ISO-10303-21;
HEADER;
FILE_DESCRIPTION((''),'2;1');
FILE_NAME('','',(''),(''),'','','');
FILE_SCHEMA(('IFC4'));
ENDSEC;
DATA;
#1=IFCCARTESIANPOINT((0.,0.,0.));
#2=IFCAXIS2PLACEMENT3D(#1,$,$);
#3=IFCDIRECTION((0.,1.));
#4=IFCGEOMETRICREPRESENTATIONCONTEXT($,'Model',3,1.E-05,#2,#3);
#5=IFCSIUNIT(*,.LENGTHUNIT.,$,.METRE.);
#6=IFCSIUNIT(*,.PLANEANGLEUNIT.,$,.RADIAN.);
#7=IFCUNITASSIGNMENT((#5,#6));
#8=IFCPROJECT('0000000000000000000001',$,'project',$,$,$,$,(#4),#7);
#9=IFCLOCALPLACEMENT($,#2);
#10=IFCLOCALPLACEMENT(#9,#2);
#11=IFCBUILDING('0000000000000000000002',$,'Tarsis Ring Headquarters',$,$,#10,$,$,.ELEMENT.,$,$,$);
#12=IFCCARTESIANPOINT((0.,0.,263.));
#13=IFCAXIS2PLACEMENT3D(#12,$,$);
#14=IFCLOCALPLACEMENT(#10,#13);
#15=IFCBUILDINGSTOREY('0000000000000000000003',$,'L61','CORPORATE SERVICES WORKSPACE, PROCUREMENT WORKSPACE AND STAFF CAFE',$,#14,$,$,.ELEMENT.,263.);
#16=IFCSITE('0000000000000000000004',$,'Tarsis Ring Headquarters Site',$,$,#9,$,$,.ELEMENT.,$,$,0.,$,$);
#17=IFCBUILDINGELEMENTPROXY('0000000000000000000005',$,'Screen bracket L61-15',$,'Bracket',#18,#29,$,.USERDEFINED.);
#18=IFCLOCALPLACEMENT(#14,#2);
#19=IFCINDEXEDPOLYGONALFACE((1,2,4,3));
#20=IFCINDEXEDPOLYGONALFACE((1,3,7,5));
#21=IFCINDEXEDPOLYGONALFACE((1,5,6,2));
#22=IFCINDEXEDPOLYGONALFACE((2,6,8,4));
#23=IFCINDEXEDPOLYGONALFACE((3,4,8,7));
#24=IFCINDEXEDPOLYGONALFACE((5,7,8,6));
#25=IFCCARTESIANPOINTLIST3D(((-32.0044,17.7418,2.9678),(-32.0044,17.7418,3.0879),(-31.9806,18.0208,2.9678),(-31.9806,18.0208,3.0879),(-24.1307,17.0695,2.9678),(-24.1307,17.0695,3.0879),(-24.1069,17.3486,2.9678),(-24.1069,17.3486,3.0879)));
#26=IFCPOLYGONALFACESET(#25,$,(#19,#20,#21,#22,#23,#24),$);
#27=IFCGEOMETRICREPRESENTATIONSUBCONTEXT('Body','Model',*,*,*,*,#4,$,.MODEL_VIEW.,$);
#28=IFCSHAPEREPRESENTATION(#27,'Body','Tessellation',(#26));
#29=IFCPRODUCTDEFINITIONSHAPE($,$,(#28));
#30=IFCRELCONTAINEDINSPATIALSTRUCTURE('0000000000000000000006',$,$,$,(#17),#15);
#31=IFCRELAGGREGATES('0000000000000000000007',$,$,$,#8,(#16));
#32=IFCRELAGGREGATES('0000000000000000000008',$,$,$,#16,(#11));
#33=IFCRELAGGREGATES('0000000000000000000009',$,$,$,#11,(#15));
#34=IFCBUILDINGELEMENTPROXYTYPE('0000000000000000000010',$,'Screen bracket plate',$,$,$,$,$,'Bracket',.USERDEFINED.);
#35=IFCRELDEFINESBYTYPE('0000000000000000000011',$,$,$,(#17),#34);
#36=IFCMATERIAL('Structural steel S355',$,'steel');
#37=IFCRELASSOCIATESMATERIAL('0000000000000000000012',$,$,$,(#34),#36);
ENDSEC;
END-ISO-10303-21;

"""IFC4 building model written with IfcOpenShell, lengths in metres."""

from ifc_helpers import new_model, si_unit, direction, frame, origin, origin_2d, place, context, subcontext, project, spatial, rectangle, extrude, material, type_object, element, save


model = new_model("IFC4")

# Units and contexts
model_context = context("Model", 3, precision=1e-05, world=origin(), true_north=direction((0.0, 1.0)))
body_context = subcontext(model_context, "Body", "Model", "MODEL_VIEW")
ifc_project = project(units=[si_unit("LENGTHUNIT", "METRE"), si_unit("PLANEANGLEUNIT", "RADIAN")], contexts=[model_context])

# Site, building, storey
site_placement = place(None, origin())
site = spatial("IfcSite", under=ifc_project, at=site_placement, Name="Tarsis Ring Headquarters Site", CompositionType="ELEMENT", RefElevation=0.0)
building_placement = place(site_placement, origin())
building = spatial("IfcBuilding", under=site, at=building_placement, Name="Tarsis Ring Headquarters", CompositionType="ELEMENT")
storey_placement = place(building_placement, frame((0.0, 0.0, 263.0)))
storey = spatial("IfcBuildingStorey", under=building, at=storey_placement, Name="L61", Description="CORPORATE SERVICES WORKSPACE, PROCUREMENT WORKSPACE AND STAFF CAFE", CompositionType="ELEMENT", Elevation=263.0)

# Shared definitions
ifc_material_1 = material(Name="Structural steel S355", Category="steel")

# Building element proxy
building_element_proxy_type = type_object("IfcBuildingElementProxyType", Name="Screen bracket plate", ElementType="Bracket", PredefinedType="USERDEFINED", material=ifc_material_1)
proxy_placement = place(storey_placement, frame((-28.0557, 17.5452, 2.9678), z_axis=(0.0, 0.0, 1.0), x_axis=(-0.996375, 0.085069, 0.0)))
element("IfcBuildingElementProxy", 1, at=proxy_placement, inside=storey, type_object=building_element_proxy_type, Name="Screen bracket L61-15", ObjectType="Bracket", PredefinedType="USERDEFINED", context=body_context, shape_type="SweptSolid", body=[
    extrude(rectangle(XDim=7.9023, YDim=0.28, at=origin_2d()), origin(), (0.0, 0.0, 1.0), 0.1201),
])

save(model, "model.ifc")
